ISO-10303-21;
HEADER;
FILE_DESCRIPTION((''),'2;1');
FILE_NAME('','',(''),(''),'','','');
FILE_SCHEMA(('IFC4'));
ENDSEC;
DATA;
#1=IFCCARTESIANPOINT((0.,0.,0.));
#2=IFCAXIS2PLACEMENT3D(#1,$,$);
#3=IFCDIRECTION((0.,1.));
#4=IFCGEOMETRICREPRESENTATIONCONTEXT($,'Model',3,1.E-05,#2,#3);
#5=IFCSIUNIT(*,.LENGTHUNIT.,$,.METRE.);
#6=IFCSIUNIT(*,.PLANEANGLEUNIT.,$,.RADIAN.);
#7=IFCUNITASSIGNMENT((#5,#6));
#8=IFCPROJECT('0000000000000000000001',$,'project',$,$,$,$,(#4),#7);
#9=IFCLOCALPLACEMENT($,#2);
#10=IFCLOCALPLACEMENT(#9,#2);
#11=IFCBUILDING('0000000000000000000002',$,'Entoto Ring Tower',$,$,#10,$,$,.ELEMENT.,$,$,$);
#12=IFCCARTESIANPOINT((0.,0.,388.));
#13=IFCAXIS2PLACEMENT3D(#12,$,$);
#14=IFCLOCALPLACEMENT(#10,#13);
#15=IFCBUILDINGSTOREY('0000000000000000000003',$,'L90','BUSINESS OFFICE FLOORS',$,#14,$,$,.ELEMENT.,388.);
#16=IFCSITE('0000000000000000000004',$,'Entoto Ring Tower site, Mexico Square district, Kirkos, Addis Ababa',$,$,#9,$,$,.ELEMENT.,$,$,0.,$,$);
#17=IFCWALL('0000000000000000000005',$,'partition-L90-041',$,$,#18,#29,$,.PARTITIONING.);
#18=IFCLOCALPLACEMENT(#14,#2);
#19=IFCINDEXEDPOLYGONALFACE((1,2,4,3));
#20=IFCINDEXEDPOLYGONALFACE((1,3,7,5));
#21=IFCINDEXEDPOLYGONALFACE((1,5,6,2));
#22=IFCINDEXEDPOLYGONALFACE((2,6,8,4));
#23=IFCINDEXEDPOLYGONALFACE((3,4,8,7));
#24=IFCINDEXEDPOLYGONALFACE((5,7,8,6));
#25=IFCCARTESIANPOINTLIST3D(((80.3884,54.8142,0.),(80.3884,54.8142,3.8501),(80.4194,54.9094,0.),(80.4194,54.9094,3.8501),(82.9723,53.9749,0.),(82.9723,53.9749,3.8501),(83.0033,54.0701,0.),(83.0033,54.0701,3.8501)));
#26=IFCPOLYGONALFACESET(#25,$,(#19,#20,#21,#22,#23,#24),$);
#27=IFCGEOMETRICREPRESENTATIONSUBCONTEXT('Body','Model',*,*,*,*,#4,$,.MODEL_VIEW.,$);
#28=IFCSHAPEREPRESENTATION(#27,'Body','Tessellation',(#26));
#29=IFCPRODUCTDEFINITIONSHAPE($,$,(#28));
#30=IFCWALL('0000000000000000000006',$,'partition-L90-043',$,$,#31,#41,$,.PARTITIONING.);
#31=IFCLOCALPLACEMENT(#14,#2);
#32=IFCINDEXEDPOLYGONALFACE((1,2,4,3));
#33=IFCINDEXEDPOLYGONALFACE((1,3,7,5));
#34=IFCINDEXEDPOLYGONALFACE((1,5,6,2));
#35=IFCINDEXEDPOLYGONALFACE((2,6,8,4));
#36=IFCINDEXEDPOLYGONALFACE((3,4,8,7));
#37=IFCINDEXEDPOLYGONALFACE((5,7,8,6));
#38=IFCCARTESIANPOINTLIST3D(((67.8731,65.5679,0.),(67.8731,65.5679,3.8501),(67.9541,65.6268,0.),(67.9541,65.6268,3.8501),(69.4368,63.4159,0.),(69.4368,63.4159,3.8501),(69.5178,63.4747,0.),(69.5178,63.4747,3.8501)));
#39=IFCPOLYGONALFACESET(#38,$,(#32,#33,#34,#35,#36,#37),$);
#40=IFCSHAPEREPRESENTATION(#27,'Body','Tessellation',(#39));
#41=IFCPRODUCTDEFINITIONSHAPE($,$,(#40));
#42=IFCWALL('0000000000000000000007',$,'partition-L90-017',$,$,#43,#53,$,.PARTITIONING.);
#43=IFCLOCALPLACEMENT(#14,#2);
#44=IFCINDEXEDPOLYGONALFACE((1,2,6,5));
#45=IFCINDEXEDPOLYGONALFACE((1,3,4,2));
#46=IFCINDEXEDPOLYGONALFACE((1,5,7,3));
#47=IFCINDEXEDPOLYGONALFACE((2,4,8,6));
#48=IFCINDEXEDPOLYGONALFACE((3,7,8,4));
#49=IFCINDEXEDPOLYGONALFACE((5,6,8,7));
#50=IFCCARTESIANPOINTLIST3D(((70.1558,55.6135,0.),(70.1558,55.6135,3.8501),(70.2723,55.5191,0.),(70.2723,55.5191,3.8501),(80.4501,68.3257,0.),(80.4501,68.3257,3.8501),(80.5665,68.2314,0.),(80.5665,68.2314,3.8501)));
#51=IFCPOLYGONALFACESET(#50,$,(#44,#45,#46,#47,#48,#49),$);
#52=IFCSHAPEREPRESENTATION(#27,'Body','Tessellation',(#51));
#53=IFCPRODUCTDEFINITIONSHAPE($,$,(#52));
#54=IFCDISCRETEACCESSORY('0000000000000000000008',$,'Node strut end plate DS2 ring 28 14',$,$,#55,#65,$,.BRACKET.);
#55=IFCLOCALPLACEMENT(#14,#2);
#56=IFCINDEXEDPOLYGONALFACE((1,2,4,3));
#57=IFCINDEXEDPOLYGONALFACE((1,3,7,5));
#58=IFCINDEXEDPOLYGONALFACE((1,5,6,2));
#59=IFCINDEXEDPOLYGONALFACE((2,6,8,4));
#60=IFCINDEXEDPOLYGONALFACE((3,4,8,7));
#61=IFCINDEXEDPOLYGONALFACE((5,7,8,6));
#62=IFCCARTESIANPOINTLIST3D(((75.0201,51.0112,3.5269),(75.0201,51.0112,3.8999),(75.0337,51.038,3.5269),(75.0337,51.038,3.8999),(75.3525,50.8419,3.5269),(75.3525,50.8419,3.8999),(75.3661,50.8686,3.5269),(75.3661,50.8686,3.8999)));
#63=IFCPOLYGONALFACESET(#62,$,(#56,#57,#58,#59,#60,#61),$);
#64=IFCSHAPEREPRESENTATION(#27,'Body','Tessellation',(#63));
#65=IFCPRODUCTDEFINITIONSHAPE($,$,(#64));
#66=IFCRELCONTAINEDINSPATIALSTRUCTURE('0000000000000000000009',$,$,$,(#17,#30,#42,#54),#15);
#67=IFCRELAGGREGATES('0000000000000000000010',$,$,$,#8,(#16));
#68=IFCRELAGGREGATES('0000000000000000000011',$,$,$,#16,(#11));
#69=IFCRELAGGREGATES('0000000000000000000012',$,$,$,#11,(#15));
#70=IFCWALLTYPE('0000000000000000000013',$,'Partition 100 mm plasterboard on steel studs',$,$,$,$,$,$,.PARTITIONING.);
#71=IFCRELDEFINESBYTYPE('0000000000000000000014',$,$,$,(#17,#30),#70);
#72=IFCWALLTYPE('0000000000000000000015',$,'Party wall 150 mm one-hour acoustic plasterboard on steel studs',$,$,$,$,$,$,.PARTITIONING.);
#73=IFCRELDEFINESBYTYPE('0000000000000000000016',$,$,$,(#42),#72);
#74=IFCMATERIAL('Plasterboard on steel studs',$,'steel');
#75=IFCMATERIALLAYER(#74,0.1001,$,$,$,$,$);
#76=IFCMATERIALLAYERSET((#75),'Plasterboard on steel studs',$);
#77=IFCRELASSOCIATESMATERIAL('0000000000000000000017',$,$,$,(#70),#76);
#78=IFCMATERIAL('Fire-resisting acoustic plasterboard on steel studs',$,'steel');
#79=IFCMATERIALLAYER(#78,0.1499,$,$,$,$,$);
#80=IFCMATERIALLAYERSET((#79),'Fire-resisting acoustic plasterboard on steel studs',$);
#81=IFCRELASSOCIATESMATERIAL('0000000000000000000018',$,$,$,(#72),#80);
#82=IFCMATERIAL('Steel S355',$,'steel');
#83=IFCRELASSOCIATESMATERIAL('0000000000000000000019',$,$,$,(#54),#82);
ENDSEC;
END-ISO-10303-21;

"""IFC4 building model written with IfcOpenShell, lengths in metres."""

from ifc_helpers import new_model, si_unit, direction, frame, frame_2d, origin, origin_2d, place, context, subcontext, project, spatial, rectangle, extrude, material, layer, layer_set, type_object, element, save


model = new_model("IFC4")

# Units and contexts
model_context = context("Model", 3, precision=1e-05, world=origin(), true_north=direction((0.0, 1.0)))
body_context = subcontext(model_context, "Body", "Model", "MODEL_VIEW")
ifc_project = project(units=[si_unit("LENGTHUNIT", "METRE"), si_unit("PLANEANGLEUNIT", "RADIAN")], contexts=[model_context])

# Site, building, storey
site_placement = place(None, origin())
site = spatial("IfcSite", under=ifc_project, at=site_placement, Name="Entoto Ring Tower site, Mexico Square district, Kirkos, Addis Ababa", CompositionType="ELEMENT", RefElevation=0.0)
building_placement = place(site_placement, origin())
building = spatial("IfcBuilding", under=site, at=building_placement, Name="Entoto Ring Tower", CompositionType="ELEMENT")
storey_placement = place(building_placement, frame((0.0, 0.0, 388.0)))
storey = spatial("IfcBuildingStorey", under=building, at=storey_placement, Name="L90", Description="BUSINESS OFFICE FLOORS", CompositionType="ELEMENT", Elevation=388.0)

# Shared definitions
ifc_material_1 = material(Name="Plasterboard on steel studs", Category="steel")
ifc_layer_1 = layer(ifc_material_1, 0.1001)
ifc_layer_set_1 = layer_set([ifc_layer_1], Name="Plasterboard on steel studs")
wall_type_1 = type_object("IfcWallType", Name="Partition 100 mm plasterboard on steel studs", PredefinedType="PARTITIONING", material=ifc_layer_set_1)

# Walls
wall_1_placement = place(storey_placement, frame((82.9878, 54.0225, 0.0), z_axis=(0.0, 0.0, 1.0), x_axis=(-0.951082, 0.30894, 0.0)))
element("IfcWall", 1, at=wall_1_placement, inside=storey, type_object=wall_type_1, Name="partition-L90-041", PredefinedType="PARTITIONING", context=body_context, shape_type="SweptSolid", body=[
    extrude(rectangle(XDim=2.7168, YDim=0.1001, at=frame_2d((1.3584, 0.0))), origin(), (0.0, 0.0, 1.0), 3.8501),
])
wall_2_placement = place(storey_placement, frame((69.4773, 63.4453, 0.0), z_axis=(0.0, 0.0, 1.0), x_axis=(-0.587817, 0.808994, 0.0)))
element("IfcWall", 2, at=wall_2_placement, inside=storey, type_object=wall_type_1, Name="partition-L90-043", PredefinedType="PARTITIONING", context=body_context, shape_type="SweptSolid", body=[
    extrude(rectangle(XDim=2.6602, YDim=0.1001, at=frame_2d((1.3301, 0.0))), origin(), (0.0, 0.0, 1.0), 3.8501),
])
ifc_material_2 = material(Name="Fire-resisting acoustic plasterboard on steel studs", Category="steel")
ifc_layer_2 = layer(ifc_material_2, 0.1499)
ifc_layer_set_2 = layer_set([ifc_layer_2], Name="Fire-resisting acoustic plasterboard on steel studs")
wall_type_2 = type_object("IfcWallType", Name="Party wall 150 mm one-hour acoustic plasterboard on steel studs", PredefinedType="PARTITIONING", material=ifc_layer_set_2)
wall_3_placement = place(storey_placement, frame((70.2141, 55.5664, 0.0), z_axis=(0.0, 0.0, 1.0), x_axis=(0.629324, 0.777143, 0.0)))
element("IfcWall", 3, at=wall_3_placement, inside=storey, type_object=wall_type_2, Name="partition-L90-017", PredefinedType="PARTITIONING", context=body_context, shape_type="SweptSolid", body=[
    extrude(rectangle(XDim=16.3577, YDim=0.1499, at=frame_2d((8.1787, 0.0))), origin(), (0.0, 0.0, 1.0), 3.8501),
])

# Discrete accessory
ifc_material_3 = material(Name="Steel S355", Category="steel")
discrete_accessory_placement = place(storey_placement, frame((75.1931, 50.9399, 3.5269), z_axis=(0.0, 0.0, 1.0), x_axis=(-0.45399, -0.891007, 0.0)))
element("IfcDiscreteAccessory", 4, at=discrete_accessory_placement, inside=storey, material=ifc_material_3, Name="Node strut end plate DS2 ring 28 14", PredefinedType="BRACKET", context=body_context, shape_type="SweptSolid", body=[
    extrude(rectangle(XDim=0.03, YDim=0.373, at=origin_2d()), origin(), (0.0, 0.0, 1.0), 0.373),
])

save(model, "model.ifc")
